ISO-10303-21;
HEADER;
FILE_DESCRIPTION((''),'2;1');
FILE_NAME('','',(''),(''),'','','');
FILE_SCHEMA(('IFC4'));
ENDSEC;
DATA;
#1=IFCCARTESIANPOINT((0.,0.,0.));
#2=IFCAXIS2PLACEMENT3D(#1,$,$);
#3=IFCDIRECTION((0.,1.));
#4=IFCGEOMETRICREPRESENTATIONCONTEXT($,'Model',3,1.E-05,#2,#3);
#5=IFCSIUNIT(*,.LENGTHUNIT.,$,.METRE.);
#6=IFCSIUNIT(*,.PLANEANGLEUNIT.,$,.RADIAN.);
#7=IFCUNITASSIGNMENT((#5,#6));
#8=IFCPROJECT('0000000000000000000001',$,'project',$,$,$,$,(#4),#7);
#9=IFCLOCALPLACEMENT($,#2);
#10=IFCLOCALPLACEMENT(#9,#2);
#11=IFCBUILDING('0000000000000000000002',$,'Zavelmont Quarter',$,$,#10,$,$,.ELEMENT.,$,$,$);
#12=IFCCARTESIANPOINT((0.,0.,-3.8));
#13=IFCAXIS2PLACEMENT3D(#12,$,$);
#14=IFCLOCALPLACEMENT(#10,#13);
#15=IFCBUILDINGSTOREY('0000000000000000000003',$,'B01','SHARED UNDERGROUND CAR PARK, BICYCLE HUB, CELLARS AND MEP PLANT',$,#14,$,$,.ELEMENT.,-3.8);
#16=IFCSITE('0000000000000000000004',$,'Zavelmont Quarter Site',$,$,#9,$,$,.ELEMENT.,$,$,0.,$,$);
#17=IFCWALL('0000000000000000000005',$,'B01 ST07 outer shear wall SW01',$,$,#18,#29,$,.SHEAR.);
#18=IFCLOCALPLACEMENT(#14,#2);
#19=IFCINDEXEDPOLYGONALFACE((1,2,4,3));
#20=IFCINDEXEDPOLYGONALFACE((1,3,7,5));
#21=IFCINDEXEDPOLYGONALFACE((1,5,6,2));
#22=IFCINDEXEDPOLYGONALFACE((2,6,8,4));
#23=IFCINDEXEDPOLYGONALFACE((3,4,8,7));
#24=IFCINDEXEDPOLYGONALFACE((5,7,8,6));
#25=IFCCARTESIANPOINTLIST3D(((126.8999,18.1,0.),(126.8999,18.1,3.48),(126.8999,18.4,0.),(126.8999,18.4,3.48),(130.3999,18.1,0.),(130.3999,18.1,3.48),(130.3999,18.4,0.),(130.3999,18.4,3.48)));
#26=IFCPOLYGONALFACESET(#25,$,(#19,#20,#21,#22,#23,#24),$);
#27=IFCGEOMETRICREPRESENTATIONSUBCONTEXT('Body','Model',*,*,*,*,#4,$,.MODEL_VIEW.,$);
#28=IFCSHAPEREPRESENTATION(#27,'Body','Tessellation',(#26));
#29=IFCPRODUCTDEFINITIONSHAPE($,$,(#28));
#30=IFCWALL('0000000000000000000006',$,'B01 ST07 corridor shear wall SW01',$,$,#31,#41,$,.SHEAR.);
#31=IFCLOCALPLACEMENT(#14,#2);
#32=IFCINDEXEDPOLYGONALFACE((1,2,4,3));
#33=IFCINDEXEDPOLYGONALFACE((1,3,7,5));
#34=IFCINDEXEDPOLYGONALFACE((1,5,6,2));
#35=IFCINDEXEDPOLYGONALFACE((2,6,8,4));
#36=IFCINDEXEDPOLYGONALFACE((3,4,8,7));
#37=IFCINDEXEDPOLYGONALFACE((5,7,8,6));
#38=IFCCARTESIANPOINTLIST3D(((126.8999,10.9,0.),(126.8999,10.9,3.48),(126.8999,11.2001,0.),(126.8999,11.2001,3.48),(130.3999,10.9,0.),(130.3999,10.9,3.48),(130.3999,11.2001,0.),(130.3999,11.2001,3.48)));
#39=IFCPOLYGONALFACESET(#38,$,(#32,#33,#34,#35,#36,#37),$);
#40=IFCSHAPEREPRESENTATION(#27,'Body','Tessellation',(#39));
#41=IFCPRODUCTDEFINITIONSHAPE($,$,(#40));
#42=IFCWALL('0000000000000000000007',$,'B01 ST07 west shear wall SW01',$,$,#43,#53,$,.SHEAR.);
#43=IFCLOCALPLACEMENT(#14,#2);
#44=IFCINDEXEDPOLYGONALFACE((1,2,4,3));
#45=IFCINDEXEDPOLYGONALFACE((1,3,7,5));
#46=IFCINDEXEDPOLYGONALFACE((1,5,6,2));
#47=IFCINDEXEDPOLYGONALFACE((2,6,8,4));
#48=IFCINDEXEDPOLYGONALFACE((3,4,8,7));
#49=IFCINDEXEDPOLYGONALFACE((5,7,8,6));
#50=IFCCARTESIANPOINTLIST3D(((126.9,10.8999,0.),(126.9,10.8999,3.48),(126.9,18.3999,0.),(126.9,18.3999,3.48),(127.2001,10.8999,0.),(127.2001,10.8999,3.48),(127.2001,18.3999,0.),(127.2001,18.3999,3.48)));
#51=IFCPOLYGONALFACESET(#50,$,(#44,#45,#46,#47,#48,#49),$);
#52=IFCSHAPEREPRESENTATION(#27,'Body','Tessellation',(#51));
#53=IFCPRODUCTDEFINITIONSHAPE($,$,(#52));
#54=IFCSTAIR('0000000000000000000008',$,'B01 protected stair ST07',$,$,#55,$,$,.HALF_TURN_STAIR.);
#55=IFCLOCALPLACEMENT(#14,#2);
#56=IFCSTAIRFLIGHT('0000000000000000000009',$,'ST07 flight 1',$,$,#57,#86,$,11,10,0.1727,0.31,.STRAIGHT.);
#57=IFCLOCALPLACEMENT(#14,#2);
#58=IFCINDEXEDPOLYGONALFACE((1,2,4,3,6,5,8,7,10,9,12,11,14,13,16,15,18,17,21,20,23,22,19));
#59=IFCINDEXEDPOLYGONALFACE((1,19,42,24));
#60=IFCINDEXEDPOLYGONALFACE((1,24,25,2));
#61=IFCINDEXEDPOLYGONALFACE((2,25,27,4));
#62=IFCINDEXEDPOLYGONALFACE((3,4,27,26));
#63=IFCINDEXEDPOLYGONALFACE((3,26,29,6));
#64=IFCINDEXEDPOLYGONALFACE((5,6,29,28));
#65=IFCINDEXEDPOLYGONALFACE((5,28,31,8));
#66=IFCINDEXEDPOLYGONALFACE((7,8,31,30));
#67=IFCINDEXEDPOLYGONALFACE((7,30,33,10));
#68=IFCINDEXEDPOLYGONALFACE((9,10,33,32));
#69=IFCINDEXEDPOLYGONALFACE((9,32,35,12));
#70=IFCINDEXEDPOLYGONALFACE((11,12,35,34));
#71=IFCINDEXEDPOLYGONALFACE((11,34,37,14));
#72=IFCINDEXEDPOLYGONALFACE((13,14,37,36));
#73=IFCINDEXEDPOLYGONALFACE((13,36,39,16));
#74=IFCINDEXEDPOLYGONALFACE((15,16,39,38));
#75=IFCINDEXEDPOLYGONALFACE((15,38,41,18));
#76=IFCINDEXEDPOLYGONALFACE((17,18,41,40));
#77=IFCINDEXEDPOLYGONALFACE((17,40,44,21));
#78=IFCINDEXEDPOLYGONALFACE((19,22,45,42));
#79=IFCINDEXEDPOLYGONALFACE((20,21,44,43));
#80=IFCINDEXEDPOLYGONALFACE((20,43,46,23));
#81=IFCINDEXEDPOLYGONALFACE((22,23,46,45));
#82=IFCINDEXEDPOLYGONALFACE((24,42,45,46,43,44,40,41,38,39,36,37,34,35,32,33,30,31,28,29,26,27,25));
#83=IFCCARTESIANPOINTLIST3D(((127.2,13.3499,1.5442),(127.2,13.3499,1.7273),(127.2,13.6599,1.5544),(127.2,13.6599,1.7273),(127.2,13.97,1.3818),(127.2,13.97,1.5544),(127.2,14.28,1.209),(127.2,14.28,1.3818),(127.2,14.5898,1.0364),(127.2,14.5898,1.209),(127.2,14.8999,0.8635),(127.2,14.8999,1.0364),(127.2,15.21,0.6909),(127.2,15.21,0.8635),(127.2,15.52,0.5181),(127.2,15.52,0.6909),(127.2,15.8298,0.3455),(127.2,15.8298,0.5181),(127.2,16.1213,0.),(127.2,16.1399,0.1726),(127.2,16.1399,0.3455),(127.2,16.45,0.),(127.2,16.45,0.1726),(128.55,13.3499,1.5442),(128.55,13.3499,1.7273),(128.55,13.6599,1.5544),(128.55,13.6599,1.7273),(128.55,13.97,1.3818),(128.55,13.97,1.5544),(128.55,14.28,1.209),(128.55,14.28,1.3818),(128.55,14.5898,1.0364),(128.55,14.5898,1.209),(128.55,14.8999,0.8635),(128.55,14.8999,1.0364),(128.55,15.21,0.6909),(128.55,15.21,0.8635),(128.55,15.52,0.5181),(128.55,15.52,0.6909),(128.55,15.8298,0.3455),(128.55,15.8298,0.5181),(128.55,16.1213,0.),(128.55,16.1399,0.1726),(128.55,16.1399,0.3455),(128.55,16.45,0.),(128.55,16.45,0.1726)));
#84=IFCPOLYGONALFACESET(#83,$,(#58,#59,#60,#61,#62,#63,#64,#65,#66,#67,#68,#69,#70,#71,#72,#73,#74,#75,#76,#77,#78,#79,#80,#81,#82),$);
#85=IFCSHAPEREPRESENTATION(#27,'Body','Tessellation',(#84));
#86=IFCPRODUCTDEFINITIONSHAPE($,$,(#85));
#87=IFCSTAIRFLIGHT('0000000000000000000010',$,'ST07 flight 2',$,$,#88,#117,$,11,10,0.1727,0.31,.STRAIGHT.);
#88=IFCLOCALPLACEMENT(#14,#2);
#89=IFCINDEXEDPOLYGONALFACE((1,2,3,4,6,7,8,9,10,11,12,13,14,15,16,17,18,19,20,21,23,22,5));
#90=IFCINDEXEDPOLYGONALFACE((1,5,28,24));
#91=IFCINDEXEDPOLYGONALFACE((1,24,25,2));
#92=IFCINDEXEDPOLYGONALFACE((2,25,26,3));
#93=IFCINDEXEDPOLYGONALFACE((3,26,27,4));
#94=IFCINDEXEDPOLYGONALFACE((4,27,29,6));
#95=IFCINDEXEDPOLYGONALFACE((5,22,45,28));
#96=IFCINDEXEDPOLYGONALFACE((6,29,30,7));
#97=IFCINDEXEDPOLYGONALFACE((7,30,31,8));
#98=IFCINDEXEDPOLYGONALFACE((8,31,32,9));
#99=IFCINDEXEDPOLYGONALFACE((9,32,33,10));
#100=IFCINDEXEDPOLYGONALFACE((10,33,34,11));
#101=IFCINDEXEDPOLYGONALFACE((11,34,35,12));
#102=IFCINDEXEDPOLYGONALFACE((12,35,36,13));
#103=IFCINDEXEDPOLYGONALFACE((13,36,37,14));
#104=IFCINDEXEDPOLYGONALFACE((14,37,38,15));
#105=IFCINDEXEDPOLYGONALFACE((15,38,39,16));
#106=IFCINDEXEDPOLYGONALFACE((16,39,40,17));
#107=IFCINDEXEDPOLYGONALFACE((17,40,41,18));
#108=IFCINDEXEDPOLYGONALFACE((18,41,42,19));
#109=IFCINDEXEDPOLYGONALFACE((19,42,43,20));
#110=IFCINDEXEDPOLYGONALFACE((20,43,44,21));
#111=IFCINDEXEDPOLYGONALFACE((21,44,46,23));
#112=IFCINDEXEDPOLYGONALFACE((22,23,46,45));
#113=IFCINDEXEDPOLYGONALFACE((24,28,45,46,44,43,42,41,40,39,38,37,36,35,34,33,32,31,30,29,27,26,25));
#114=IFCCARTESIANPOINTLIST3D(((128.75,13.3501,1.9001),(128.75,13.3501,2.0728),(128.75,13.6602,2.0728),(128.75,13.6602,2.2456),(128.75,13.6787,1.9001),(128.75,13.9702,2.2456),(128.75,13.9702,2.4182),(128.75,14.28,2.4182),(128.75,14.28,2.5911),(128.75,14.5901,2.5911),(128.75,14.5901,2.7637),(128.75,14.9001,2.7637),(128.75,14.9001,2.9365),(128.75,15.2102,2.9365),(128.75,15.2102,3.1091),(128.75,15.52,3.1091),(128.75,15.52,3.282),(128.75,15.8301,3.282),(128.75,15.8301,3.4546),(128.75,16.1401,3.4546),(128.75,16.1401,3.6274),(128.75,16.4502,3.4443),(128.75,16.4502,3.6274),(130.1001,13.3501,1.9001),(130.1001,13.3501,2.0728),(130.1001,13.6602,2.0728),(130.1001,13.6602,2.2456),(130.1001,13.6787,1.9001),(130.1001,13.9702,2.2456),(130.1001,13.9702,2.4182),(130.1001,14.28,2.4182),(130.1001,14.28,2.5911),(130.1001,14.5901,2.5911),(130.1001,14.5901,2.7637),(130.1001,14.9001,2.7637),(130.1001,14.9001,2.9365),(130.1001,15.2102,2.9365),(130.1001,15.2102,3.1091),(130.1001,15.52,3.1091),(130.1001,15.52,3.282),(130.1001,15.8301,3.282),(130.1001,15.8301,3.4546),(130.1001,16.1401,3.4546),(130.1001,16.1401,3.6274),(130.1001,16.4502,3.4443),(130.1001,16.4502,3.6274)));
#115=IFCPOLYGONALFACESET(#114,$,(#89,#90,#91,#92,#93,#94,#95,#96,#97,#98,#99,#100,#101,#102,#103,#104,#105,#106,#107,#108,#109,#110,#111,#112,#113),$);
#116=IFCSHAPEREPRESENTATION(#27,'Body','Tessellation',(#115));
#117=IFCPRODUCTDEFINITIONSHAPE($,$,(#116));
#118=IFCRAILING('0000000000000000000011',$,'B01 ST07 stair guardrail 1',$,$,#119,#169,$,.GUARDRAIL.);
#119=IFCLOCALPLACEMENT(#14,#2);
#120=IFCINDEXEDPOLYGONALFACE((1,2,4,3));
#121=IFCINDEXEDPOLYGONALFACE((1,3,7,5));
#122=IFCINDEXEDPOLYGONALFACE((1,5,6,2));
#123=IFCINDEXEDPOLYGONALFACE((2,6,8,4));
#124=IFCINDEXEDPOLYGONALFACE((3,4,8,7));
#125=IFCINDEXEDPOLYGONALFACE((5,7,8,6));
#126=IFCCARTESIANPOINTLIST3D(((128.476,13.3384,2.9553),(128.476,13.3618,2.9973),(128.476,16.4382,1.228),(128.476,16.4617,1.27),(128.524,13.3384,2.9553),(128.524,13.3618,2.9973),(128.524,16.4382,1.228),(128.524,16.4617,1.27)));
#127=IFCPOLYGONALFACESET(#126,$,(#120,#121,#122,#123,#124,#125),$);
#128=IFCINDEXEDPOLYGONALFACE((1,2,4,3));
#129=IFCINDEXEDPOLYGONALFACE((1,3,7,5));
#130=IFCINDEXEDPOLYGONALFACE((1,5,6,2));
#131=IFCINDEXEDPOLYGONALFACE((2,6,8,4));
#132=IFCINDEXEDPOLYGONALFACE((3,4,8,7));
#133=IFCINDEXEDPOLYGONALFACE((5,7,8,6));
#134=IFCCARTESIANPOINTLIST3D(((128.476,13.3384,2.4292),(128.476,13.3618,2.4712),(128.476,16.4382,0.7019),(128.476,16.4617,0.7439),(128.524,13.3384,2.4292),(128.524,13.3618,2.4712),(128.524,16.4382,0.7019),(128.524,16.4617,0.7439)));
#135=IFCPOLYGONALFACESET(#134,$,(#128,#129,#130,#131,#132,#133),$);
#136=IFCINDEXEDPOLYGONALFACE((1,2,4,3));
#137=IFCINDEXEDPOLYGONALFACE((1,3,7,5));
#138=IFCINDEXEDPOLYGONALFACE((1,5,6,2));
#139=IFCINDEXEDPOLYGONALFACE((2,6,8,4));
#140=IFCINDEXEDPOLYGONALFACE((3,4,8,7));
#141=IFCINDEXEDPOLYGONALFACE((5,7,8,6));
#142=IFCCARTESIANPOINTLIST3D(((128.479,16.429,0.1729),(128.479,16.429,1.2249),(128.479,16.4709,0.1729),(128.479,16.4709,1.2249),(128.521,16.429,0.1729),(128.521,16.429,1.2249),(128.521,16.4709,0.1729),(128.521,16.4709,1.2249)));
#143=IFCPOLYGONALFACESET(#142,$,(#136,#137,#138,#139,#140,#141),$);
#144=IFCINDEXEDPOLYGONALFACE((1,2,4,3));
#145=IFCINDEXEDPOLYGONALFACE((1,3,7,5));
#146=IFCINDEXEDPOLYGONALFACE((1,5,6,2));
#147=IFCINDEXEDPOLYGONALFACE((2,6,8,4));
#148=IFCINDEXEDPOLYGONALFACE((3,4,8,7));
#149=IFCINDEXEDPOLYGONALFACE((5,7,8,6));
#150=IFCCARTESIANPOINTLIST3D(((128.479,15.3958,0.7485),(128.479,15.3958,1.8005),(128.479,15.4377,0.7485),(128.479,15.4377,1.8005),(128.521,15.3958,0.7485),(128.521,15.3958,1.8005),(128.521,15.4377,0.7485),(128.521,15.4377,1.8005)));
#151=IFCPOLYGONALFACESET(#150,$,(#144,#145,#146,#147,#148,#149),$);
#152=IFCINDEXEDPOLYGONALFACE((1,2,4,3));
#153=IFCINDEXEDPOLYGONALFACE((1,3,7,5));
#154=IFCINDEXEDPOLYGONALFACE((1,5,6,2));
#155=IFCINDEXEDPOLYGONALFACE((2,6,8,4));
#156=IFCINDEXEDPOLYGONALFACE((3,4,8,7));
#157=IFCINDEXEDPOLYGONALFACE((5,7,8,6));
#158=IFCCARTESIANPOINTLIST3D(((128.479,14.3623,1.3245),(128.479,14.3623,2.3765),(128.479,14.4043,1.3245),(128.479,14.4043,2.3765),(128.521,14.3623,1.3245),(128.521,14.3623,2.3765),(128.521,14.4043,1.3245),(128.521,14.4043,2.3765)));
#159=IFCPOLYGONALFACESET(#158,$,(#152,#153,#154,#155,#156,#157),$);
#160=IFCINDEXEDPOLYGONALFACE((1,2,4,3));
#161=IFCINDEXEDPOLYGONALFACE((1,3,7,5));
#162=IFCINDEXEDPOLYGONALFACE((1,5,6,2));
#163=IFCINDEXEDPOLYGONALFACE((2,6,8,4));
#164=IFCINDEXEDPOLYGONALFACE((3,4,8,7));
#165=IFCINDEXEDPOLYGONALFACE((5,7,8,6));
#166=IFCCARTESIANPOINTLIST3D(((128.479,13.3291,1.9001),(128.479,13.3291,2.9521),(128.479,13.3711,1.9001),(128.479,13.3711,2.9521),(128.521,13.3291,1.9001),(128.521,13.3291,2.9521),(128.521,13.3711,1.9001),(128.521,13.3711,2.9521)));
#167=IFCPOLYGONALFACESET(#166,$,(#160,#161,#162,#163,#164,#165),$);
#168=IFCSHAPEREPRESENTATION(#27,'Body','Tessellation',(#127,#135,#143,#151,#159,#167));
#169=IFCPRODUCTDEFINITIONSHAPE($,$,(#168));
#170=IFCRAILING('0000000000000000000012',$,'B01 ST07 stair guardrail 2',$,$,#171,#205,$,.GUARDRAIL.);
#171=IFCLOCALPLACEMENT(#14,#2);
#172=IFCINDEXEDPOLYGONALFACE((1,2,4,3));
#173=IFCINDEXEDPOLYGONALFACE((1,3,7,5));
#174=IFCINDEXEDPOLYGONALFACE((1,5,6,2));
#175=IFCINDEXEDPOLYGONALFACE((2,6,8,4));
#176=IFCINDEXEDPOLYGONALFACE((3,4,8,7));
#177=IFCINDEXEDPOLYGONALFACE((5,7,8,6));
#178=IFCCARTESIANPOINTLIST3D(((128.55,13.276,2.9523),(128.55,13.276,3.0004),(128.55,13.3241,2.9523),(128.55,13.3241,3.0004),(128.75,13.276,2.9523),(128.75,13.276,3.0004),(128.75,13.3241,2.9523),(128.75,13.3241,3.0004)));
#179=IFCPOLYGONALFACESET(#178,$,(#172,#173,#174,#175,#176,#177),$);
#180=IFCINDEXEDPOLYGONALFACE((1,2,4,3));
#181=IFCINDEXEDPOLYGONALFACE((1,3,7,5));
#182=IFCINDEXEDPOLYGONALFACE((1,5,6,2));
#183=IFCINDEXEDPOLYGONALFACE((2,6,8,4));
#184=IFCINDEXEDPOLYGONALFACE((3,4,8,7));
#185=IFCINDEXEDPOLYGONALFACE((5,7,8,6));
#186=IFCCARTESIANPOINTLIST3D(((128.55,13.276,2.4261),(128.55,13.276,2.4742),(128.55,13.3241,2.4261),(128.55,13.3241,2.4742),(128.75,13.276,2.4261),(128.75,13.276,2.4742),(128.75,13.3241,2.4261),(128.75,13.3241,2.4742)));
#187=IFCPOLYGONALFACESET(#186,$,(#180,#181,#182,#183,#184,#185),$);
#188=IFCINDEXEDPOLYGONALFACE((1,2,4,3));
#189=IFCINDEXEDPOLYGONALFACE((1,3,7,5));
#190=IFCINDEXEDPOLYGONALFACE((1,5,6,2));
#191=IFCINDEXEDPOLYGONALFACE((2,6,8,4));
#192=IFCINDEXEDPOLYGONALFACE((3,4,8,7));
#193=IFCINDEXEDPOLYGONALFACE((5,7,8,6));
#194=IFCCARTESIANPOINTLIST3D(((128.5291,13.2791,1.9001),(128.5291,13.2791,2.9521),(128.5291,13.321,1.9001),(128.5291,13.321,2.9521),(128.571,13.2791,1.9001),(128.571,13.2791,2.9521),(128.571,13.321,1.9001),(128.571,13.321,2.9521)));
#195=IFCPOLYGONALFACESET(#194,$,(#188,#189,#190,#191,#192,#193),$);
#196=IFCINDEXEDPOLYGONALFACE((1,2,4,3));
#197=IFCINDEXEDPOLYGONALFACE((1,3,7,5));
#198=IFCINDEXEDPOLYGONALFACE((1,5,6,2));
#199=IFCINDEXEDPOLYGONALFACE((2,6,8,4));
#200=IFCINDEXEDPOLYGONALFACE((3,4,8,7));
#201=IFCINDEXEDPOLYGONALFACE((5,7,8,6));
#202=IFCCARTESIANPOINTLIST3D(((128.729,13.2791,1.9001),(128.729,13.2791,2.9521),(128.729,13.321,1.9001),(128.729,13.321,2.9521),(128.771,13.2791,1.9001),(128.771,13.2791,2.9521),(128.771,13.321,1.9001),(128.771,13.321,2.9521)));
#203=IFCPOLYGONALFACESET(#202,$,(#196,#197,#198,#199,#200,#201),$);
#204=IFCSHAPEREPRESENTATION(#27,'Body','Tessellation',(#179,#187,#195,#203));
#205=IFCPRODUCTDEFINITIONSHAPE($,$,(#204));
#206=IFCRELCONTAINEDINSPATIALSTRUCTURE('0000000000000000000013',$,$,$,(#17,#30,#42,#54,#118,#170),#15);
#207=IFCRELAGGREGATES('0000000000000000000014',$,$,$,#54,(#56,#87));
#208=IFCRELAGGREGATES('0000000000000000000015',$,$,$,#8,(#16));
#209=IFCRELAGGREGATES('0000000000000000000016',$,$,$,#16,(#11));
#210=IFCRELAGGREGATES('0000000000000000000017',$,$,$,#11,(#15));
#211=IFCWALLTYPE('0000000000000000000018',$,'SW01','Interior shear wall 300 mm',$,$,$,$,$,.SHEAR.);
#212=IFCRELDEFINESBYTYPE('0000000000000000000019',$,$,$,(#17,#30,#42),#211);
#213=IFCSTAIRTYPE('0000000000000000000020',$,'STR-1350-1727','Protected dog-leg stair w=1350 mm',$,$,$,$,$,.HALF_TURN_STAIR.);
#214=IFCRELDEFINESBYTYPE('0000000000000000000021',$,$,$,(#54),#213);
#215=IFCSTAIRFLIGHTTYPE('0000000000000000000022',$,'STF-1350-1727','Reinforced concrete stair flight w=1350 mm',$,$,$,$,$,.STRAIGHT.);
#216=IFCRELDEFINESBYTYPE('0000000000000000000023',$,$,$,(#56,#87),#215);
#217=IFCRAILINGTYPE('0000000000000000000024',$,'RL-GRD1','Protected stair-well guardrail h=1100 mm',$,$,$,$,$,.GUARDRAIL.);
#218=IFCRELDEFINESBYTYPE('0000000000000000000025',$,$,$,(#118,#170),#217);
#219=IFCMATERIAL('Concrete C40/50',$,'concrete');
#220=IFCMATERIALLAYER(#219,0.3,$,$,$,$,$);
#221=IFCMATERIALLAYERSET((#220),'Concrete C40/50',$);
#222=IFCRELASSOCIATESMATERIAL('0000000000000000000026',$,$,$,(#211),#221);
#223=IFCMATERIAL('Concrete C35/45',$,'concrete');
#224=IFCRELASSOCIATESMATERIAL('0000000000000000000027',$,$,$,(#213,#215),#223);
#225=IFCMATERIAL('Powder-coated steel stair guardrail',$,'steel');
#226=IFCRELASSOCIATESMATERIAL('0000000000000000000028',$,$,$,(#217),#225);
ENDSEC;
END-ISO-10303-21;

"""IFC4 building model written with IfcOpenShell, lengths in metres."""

from ifc_helpers import new_model, si_unit, direction, frame, frame_2d, origin, origin_2d, place, context, subcontext, project, spatial, polyline, rectangle, outline, extrude, material, layer, layer_set, type_object, element, aggregate, save


model = new_model("IFC4")

# Units and contexts
model_context = context("Model", 3, precision=1e-05, world=origin(), true_north=direction((0.0, 1.0)))
body_context = subcontext(model_context, "Body", "Model", "MODEL_VIEW")
ifc_project = project(units=[si_unit("LENGTHUNIT", "METRE"), si_unit("PLANEANGLEUNIT", "RADIAN")], contexts=[model_context])

# Site, building, storey
site_placement = place(None, origin())
site = spatial("IfcSite", under=ifc_project, at=site_placement, Name="Zavelmont Quarter Site", CompositionType="ELEMENT", RefElevation=0.0)
building_placement = place(site_placement, origin())
building = spatial("IfcBuilding", under=site, at=building_placement, Name="Zavelmont Quarter", CompositionType="ELEMENT")
storey_placement = place(building_placement, frame((0.0, 0.0, -3.8)))
storey = spatial("IfcBuildingStorey", under=building, at=storey_placement, Name="B01", Description="SHARED UNDERGROUND CAR PARK, BICYCLE HUB, CELLARS AND MEP PLANT", CompositionType="ELEMENT", Elevation=-3.8)

# Shared definitions
ifc_material_1 = material(Name="Concrete C35/45", Category="concrete")

# Shared definitions
ifc_material_2 = material(Name="Concrete C40/50", Category="concrete")

# Walls
ifc_layer = layer(ifc_material_2, 0.3)
ifc_layer_set = layer_set([ifc_layer], Name="Concrete C40/50")
wall_type = type_object("IfcWallType", Name="SW01", Description="Interior shear wall 300 mm", PredefinedType="SHEAR", material=ifc_layer_set)
for number, where, z_axis, x_axis, name in (
    (1, (126.8999, 18.25, 0.0), (0.0, 0.0, 1.0), (1.0, 0.0, 0.0), "B01 ST07 outer shear wall SW01"),
    (2, (126.8999, 11.05, 0.0), (0.0, 0.0, 1.0), (1.0, 0.0, 0.0), "B01 ST07 corridor shear wall SW01"),
):
    element("IfcWall", number, at=place(storey_placement, frame(where, z_axis=z_axis, x_axis=x_axis)), inside=storey, type_object=wall_type, Name=name, PredefinedType="SHEAR", context=body_context, shape_type="SweptSolid", body=[
        extrude(rectangle(XDim=3.5, YDim=0.3, at=frame_2d((1.75, 0.0))), origin(), (0.0, 0.0, 1.0), 3.48),
    ])
wall_placement = place(storey_placement, frame((127.05, 10.8999, 0.0), z_axis=(0.0, 0.0, 1.0), x_axis=(0.0, 1.0, 0.0)))
element("IfcWall", 3, at=wall_placement, inside=storey, type_object=wall_type, Name="B01 ST07 west shear wall SW01", PredefinedType="SHEAR", context=body_context, shape_type="SweptSolid", body=[
    extrude(rectangle(XDim=7.5, YDim=0.3, at=frame_2d((3.75, 0.0))), origin(), (0.0, 0.0, 1.0), 3.48),
])

# Stair, stair flights
stair_type = type_object("IfcStairType", Name="STR-1350-1727", Description="Protected dog-leg stair w=1350 mm", PredefinedType="HALF_TURN_STAIR", material=ifc_material_1)
stair_placement = place(storey_placement, origin())
stair = element("IfcStair", 4, at=stair_placement, inside=storey, type_object=stair_type, Name="B01 protected stair ST07", PredefinedType="HALF_TURN_STAIR")
stair_flight_type = type_object("IfcStairFlightType", Name="STF-1350-1727", Description="Reinforced concrete stair flight w=1350 mm", PredefinedType="STRAIGHT", material=ifc_material_1)
stair_flight_1_placement = place(storey_placement, frame((127.875, 16.45, 0.0), z_axis=(0.0, 0.0, 1.0), x_axis=(0.0, -1.0, 0.0)))
stair_flight_1 = element("IfcStairFlight", 5, at=stair_flight_1_placement, type_object=stair_flight_type, Name="ST07 flight 1", NumberOfRisers=11, NumberOfTreads=10, PredefinedType="STRAIGHT", RiserHeight=0.1727, TreadLength=0.31, context=body_context, shape_type="SweptSolid", body=[
    extrude(outline(polyline([(0.0, 0.0), (0.0, 0.1726), (0.3101, 0.1726), (0.3101, 0.3455), (0.6201, 0.3455), (0.6201, 0.5181), (0.9299, 0.5181), (0.9299, 0.6909), (1.24, 0.6909), (1.24, 0.8635), (1.55, 0.8635), (1.55, 1.0364), (1.8601, 1.0364), (1.8601, 1.209), (2.1699, 1.209), (2.1699, 1.3818), (2.48, 1.3818), (2.48, 1.5544), (2.79, 1.5544), (2.79, 1.7273), (3.1001, 1.7273), (3.1001, 1.8999), (3.1001, 1.5442), (0.3286, 0.0), (0.0, 0.0)])), frame((0.0, 0.675, 0.0), z_axis=(0.0, -1.0, 0.0), x_axis=(1.0, 0.0, 0.0)), (0.0, 0.0, 1.0), 1.3501),
])
stair_flight_2_placement = place(storey_placement, frame((129.425, 13.3501, 1.9001), z_axis=(0.0, 0.0, 1.0), x_axis=(0.0, 1.0, 0.0)))
stair_flight_2 = element("IfcStairFlight", 6, at=stair_flight_2_placement, type_object=stair_flight_type, Name="ST07 flight 2", NumberOfRisers=11, NumberOfTreads=10, PredefinedType="STRAIGHT", RiserHeight=0.1727, TreadLength=0.31, context=body_context, shape_type="SweptSolid", body=[
    extrude(outline(polyline([(0.0, 0.0), (0.0, 0.1726), (0.3101, 0.1726), (0.3101, 0.3455), (0.6201, 0.3455), (0.6201, 0.5181), (0.9299, 0.5181), (0.9299, 0.6909), (1.24, 0.6909), (1.24, 0.8635), (1.55, 0.8635), (1.55, 1.0364), (1.8601, 1.0364), (1.8601, 1.209), (2.1699, 1.209), (2.1699, 1.3818), (2.48, 1.3818), (2.48, 1.5544), (2.79, 1.5544), (2.79, 1.7273), (3.1001, 1.7273), (3.1001, 1.8999), (3.1001, 1.5442), (0.3286, 0.0), (0.0, 0.0)])), frame((0.0, 0.675, 0.0), z_axis=(0.0, -1.0, 0.0), x_axis=(1.0, 0.0, 0.0)), (0.0, 0.0, 1.0), 1.3501),
])
aggregate(stair, [stair_flight_1, stair_flight_2])

# Railings
ifc_material_3 = material(Name="Powder-coated steel stair guardrail", Category="steel")
railing_type_1 = type_object("IfcRailingType", Name="RL-GRD1", Description="Protected stair-well guardrail h=1100 mm", PredefinedType="GUARDRAIL", material=ifc_material_3)
railing_1_placement = place(storey_placement, frame((128.5, 16.45, 0.1729)))
element("IfcRailing", 7, at=railing_1_placement, inside=storey, type_object=railing_type_1, Name="B01 ST07 stair guardrail 1", PredefinedType="GUARDRAIL", context=body_context, shape_type="SweptSolid", body=[
    extrude(rectangle(XDim=0.0481, YDim=0.0481, at=origin_2d()), frame((0.0, 0.0, 1.0762), z_axis=(0.0, -0.87354, 0.486752), x_axis=(1.0, 0.0, 0.0)), (0.0, 0.0, 1.0), 3.5486),
    extrude(rectangle(XDim=0.0481, YDim=0.0481, at=origin_2d()), frame((0.0, 0.0, 0.55), z_axis=(0.0, -0.87354, 0.486752), x_axis=(1.0, 0.0, 0.0)), (0.0, 0.0, 1.0), 3.5486),
    extrude(rectangle(XDim=0.042, YDim=0.042, at=origin_2d()), origin(), (0.0, 0.0, 1.0), 1.052),
    extrude(rectangle(XDim=0.042, YDim=0.042, at=origin_2d()), frame((0.0, -1.0332, 0.5757)), (0.0, 0.0, 1.0), 1.052),
    extrude(rectangle(XDim=0.042, YDim=0.042, at=origin_2d()), frame((0.0, -2.0667, 1.1516)), (0.0, 0.0, 1.0), 1.052),
    extrude(rectangle(XDim=0.042, YDim=0.042, at=origin_2d()), frame((0.0, -3.0999, 1.7273)), (0.0, 0.0, 1.0), 1.052),
])
railing_2_placement = place(storey_placement, frame((128.55, 13.3, 1.9001)))
element("IfcRailing", 8, at=railing_2_placement, inside=storey, type_object=railing_type_1, Name="B01 ST07 stair guardrail 2", PredefinedType="GUARDRAIL", context=body_context, shape_type="SweptSolid", body=[
    extrude(rectangle(XDim=0.0481, YDim=0.0481, at=origin_2d()), frame((0.0, 0.0, 1.0762), z_axis=(1.0, 0.0, 0.0), x_axis=(0.0, 1.0, 0.0)), (0.0, 0.0, 1.0), 0.2),
    extrude(rectangle(XDim=0.0481, YDim=0.0481, at=origin_2d()), frame((0.0, 0.0, 0.55), z_axis=(1.0, 0.0, 0.0), x_axis=(0.0, 1.0, 0.0)), (0.0, 0.0, 1.0), 0.2),
    extrude(rectangle(XDim=0.042, YDim=0.042, at=origin_2d()), origin(), (0.0, 0.0, 1.0), 1.052),
    extrude(rectangle(XDim=0.042, YDim=0.042, at=origin_2d()), frame((0.2, 0.0, 0.0)), (0.0, 0.0, 1.0), 1.052),
])

save(model, "model.ifc")
